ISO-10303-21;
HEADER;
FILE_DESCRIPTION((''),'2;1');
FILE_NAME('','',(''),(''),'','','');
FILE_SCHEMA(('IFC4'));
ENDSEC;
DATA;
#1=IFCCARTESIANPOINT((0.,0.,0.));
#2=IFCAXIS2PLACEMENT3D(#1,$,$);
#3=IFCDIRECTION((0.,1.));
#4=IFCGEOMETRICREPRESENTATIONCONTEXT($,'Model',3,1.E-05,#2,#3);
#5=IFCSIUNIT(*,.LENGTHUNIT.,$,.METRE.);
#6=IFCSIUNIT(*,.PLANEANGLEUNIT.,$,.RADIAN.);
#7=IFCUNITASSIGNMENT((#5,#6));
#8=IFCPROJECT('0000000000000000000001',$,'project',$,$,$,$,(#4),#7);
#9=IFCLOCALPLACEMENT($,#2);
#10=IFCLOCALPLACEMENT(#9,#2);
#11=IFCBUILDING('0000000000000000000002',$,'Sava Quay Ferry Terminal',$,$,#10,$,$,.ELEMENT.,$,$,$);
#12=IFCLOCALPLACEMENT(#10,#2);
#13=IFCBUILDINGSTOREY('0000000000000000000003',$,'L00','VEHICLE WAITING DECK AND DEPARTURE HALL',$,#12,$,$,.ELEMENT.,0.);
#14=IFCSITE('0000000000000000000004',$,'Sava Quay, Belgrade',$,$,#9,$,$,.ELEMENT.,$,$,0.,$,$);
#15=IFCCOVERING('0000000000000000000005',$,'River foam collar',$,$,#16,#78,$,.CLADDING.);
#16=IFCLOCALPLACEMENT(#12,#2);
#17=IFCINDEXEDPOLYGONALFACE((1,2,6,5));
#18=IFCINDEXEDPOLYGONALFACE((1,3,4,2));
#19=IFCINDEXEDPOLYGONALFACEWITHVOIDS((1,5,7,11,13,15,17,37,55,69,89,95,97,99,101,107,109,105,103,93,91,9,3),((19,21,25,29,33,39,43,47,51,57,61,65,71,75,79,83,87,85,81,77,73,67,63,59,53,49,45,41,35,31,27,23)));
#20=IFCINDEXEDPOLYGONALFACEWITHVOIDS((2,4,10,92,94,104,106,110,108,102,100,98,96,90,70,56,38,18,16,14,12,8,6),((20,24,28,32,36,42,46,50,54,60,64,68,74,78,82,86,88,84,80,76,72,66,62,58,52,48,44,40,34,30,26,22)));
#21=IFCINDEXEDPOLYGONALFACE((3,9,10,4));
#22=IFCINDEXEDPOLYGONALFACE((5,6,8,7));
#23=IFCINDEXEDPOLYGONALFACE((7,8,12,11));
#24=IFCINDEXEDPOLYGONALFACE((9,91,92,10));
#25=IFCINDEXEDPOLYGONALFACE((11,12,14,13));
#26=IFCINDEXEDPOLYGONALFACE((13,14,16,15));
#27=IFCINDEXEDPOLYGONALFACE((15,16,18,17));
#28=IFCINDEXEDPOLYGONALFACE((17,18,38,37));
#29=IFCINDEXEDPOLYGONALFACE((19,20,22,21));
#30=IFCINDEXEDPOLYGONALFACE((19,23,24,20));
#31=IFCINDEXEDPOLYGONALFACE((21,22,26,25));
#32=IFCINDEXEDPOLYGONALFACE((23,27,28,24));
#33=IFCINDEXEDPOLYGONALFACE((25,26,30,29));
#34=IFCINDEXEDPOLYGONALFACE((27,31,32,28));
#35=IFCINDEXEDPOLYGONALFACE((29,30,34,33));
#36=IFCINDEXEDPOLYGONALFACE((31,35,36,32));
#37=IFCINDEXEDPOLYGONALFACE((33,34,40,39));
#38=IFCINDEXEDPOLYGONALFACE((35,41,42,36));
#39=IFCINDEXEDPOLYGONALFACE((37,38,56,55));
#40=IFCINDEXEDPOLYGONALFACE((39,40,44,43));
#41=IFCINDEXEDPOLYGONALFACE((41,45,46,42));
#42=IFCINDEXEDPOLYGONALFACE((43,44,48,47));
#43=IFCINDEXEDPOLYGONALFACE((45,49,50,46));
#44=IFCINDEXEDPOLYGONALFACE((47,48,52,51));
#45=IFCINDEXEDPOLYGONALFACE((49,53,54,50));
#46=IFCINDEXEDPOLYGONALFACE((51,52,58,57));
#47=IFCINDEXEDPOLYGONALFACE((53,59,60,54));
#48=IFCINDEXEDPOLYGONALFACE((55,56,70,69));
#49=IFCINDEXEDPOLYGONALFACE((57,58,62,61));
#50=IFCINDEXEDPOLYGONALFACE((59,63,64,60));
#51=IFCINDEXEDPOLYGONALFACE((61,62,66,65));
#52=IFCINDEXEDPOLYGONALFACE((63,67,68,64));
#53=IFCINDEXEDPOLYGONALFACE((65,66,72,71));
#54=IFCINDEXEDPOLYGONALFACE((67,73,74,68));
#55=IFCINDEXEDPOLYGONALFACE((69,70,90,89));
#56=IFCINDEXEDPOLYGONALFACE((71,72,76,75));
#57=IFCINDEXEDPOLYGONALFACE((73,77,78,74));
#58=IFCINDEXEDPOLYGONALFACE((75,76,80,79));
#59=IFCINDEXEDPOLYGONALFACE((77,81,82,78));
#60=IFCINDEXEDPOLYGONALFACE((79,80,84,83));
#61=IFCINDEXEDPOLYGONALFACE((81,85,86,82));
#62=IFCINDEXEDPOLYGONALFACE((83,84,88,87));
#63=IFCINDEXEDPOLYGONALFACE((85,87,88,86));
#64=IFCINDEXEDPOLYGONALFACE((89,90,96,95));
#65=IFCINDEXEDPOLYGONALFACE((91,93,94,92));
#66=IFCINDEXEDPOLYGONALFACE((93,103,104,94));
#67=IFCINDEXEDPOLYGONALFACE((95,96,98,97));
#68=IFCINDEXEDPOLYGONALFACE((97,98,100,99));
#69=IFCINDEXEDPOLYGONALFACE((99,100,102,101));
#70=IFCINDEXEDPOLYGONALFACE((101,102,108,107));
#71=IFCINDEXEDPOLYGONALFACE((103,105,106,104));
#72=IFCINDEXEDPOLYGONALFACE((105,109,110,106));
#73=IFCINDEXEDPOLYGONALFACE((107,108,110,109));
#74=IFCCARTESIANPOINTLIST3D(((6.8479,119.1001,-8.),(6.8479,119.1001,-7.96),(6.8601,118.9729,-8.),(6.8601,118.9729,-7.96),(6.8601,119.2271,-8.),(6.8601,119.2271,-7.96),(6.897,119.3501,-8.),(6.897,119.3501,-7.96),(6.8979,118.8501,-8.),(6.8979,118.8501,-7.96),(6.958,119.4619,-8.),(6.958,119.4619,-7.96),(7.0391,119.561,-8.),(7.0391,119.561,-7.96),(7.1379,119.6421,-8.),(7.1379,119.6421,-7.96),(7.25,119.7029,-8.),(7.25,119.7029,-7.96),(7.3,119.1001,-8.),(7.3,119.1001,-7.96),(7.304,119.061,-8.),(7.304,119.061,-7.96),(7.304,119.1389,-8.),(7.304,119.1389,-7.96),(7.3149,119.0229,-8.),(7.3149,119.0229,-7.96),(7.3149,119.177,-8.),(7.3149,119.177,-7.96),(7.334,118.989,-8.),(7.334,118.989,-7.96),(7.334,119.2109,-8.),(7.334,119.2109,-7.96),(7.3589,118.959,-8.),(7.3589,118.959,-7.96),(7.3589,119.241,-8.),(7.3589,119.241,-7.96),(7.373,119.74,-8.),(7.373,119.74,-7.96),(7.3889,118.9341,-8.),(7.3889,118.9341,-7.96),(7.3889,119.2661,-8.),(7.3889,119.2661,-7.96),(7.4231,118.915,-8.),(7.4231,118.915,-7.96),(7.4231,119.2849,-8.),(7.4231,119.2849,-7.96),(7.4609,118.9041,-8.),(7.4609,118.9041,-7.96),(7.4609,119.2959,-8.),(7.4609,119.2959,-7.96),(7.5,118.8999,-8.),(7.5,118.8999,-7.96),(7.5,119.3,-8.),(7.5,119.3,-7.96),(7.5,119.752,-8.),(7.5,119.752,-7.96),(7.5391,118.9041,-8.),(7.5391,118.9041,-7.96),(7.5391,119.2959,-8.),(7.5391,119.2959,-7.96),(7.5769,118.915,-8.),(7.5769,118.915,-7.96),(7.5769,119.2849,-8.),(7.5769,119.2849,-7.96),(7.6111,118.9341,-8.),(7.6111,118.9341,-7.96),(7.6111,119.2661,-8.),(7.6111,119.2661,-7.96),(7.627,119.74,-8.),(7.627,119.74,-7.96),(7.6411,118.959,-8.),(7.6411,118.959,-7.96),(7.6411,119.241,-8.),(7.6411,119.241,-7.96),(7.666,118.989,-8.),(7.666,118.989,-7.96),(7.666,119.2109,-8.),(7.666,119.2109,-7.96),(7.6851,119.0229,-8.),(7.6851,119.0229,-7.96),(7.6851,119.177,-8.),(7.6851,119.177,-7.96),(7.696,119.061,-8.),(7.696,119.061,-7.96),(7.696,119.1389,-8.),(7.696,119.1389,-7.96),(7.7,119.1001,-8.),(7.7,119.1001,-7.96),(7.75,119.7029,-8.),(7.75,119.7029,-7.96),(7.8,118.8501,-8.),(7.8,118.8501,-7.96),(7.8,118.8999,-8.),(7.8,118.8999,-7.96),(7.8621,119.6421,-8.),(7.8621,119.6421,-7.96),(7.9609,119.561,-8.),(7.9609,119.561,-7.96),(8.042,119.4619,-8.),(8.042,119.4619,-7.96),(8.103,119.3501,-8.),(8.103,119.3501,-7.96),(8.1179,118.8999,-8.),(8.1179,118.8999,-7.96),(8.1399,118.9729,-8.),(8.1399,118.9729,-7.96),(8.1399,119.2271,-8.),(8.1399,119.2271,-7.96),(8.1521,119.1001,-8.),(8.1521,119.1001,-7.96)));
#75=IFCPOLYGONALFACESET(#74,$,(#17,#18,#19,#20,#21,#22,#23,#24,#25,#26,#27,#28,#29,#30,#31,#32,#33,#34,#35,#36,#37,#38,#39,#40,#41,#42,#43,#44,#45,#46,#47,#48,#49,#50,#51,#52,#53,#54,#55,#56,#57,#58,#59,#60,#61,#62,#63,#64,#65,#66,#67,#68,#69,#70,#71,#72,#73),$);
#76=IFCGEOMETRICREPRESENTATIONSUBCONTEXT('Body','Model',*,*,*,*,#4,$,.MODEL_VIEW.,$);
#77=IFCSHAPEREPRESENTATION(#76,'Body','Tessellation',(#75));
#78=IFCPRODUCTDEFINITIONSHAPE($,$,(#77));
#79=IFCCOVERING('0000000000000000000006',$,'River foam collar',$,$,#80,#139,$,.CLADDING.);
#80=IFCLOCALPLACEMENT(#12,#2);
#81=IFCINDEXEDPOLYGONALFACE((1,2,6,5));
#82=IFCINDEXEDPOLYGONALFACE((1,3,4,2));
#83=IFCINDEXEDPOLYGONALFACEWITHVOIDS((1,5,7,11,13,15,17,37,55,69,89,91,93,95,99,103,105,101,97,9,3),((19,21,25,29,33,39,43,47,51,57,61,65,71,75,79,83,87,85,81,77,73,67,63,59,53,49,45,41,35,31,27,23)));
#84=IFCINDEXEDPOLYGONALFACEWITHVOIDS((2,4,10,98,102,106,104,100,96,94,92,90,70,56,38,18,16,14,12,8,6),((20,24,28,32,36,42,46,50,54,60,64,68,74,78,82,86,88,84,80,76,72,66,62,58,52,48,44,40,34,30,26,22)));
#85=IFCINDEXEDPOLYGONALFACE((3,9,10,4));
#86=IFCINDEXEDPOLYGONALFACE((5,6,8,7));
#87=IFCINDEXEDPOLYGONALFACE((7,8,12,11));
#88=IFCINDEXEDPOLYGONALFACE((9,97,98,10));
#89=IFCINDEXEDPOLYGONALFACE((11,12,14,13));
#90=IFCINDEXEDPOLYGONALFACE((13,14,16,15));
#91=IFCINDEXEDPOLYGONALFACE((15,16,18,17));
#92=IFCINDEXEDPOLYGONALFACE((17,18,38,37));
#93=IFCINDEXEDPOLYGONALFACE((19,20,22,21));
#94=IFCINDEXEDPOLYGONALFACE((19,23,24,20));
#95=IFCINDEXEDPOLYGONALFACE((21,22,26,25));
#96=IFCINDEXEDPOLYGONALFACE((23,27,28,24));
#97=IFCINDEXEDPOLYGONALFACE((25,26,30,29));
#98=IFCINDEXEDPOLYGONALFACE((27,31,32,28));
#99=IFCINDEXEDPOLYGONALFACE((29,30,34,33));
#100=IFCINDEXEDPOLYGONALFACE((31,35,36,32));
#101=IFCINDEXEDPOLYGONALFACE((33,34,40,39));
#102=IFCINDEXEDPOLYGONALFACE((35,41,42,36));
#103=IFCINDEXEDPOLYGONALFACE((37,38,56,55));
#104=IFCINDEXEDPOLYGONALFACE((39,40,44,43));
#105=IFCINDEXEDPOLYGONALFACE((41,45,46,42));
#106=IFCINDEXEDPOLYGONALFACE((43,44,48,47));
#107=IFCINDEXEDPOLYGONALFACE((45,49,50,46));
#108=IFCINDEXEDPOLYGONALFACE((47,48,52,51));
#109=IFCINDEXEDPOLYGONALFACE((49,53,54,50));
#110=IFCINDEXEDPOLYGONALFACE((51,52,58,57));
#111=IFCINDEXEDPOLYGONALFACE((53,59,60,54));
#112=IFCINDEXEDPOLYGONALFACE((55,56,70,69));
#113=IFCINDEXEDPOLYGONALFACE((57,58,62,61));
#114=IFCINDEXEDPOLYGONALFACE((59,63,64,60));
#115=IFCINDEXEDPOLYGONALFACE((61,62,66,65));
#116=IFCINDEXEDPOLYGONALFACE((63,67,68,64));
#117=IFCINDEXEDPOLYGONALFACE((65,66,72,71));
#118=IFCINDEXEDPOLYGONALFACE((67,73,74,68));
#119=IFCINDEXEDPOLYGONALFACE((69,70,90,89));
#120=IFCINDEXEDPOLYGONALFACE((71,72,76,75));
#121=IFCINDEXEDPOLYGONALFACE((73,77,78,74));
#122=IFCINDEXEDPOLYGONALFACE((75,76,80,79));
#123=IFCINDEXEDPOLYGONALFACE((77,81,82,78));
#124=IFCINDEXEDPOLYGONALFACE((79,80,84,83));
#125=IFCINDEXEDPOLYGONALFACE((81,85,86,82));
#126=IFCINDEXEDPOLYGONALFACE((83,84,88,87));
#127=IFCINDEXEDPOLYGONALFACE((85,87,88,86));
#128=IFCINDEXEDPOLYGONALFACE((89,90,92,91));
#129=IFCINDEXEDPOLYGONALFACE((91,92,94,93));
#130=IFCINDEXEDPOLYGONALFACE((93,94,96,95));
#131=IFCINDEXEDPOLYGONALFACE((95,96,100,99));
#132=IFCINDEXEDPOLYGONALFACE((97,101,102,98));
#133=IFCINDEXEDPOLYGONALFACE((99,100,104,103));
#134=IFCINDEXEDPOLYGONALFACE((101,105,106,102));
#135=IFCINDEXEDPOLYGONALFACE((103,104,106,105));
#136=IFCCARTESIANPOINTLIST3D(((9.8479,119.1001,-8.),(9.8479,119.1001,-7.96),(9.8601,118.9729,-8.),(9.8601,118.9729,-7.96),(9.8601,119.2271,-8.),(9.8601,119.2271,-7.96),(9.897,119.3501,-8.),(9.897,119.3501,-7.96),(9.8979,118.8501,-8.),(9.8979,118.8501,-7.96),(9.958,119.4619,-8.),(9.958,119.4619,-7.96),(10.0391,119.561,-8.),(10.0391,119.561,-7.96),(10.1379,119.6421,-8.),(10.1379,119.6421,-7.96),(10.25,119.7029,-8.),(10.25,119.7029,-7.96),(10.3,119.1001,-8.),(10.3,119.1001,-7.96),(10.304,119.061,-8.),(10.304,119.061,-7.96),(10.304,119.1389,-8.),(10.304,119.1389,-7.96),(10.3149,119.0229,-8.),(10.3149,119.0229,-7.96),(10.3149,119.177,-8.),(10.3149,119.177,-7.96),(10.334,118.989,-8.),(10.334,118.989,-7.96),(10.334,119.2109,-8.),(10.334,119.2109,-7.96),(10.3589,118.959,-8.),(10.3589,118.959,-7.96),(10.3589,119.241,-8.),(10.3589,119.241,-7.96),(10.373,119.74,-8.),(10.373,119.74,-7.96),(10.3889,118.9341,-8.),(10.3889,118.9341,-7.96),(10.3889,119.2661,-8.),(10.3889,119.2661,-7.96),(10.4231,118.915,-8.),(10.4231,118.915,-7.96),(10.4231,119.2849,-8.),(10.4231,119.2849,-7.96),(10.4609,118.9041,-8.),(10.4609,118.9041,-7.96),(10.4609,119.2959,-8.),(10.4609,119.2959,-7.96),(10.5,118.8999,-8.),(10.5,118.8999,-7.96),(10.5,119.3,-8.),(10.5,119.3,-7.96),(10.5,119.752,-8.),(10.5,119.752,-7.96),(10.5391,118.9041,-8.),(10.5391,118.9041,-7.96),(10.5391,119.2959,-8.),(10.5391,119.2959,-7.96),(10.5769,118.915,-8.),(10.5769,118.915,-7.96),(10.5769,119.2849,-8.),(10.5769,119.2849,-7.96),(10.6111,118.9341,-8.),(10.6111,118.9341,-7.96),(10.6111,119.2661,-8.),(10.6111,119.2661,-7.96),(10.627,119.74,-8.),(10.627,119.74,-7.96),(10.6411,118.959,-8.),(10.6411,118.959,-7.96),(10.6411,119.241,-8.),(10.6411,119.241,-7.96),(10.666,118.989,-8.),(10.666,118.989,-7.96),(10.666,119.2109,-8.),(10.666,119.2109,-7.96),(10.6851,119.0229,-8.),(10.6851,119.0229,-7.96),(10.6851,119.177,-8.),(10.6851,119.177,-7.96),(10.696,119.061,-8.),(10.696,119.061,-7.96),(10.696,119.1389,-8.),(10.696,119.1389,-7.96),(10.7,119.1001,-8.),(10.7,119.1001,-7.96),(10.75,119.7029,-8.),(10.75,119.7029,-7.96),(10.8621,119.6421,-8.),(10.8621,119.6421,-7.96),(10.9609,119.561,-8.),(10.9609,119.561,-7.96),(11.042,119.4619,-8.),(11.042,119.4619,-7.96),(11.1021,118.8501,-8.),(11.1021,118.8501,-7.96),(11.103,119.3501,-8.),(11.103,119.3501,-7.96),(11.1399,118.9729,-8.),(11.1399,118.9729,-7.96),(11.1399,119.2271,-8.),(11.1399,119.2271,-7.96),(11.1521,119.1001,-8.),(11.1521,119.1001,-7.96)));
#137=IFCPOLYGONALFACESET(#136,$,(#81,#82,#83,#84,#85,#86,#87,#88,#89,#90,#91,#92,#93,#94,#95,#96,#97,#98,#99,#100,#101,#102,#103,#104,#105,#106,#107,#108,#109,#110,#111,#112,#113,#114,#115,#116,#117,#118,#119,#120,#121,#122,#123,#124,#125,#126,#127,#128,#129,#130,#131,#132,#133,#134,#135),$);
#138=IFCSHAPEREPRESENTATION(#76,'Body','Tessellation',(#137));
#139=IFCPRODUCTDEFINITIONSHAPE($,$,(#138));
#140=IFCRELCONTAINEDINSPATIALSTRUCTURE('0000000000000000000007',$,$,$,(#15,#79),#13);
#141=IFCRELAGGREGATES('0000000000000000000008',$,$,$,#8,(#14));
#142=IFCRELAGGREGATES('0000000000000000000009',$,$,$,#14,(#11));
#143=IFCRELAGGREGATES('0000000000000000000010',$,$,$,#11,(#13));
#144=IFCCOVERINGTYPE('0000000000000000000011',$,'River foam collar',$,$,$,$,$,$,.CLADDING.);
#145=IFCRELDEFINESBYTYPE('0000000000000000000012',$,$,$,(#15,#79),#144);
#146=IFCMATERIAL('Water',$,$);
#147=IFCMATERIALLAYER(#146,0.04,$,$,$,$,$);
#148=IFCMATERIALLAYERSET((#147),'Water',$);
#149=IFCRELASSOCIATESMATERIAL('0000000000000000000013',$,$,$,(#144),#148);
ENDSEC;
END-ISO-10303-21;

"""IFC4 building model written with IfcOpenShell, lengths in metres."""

from ifc_helpers import new_model, si_unit, direction, frame, origin, place, context, subcontext, project, spatial, polyline, outline, extrude, material, layer, layer_set, type_object, element, save


model = new_model("IFC4")

# Units and contexts
model_context = context("Model", 3, precision=1e-05, world=origin(), true_north=direction((0.0, 1.0)))
body_context = subcontext(model_context, "Body", "Model", "MODEL_VIEW")
ifc_project = project(units=[si_unit("LENGTHUNIT", "METRE"), si_unit("PLANEANGLEUNIT", "RADIAN")], contexts=[model_context])

# Site, building, storey
site_placement = place(None, origin())
site = spatial("IfcSite", under=ifc_project, at=site_placement, Name="Sava Quay, Belgrade", CompositionType="ELEMENT", RefElevation=0.0)
building_placement = place(site_placement, origin())
building = spatial("IfcBuilding", under=site, at=building_placement, Name="Sava Quay Ferry Terminal", CompositionType="ELEMENT")
storey_placement = place(building_placement, origin())
storey = spatial("IfcBuildingStorey", under=building, at=storey_placement, Name="L00", Description="VEHICLE WAITING DECK AND DEPARTURE HALL", CompositionType="ELEMENT", Elevation=0.0)

# Coverings
ifc_material_1 = material(Name="Water")
ifc_layer_1 = layer(ifc_material_1, 0.04)
ifc_layer_set_1 = layer_set([ifc_layer_1], Name="Water")
covering_type_1 = type_object("IfcCoveringType", Name="River foam collar", PredefinedType="CLADDING", material=ifc_layer_set_1)
covering_1_placement = place(storey_placement, frame((0.0, 0.0, -8.0)))
element("IfcCovering", 1, at=covering_1_placement, inside=storey, type_object=covering_type_1, Name="River foam collar", PredefinedType="CLADDING", context=body_context, shape_type="SweptSolid", body=[
    extrude(outline(polyline([(7.8, 118.8999), (8.1179, 118.8999), (8.1399, 118.9729), (8.1521, 119.1001), (8.1399, 119.2271), (8.103, 119.3501), (8.042, 119.4619), (7.9609, 119.561), (7.8621, 119.6421), (7.75, 119.7029), (7.627, 119.74), (7.5, 119.752), (7.373, 119.74), (7.25, 119.7029), (7.1379, 119.6421), (7.0391, 119.561), (6.958, 119.4619), (6.897, 119.3501), (6.8601, 119.2271), (6.8479, 119.1001), (6.8601, 118.9729), (6.8979, 118.8501), (7.8, 118.8501), (7.8, 118.8999)]), holes=[polyline([(7.696, 119.1389), (7.7, 119.1001), (7.696, 119.061), (7.6851, 119.0229), (7.666, 118.989), (7.6411, 118.959), (7.6111, 118.9341), (7.5769, 118.915), (7.5391, 118.9041), (7.5, 118.8999), (7.4609, 118.9041), (7.4231, 118.915), (7.3889, 118.9341), (7.3589, 118.959), (7.334, 118.989), (7.3149, 119.0229), (7.304, 119.061), (7.3, 119.1001), (7.304, 119.1389), (7.3149, 119.177), (7.334, 119.2109), (7.3589, 119.241), (7.3889, 119.2661), (7.4231, 119.2849), (7.4609, 119.2959), (7.5, 119.3), (7.5391, 119.2959), (7.5769, 119.2849), (7.6111, 119.2661), (7.6411, 119.241), (7.666, 119.2109), (7.6851, 119.177), (7.696, 119.1389)])]), origin(), (0.0, 0.0, 1.0), 0.04),
])
covering_2_placement = place(storey_placement, frame((0.0, 0.0, -8.0)))
element("IfcCovering", 2, at=covering_2_placement, inside=storey, type_object=covering_type_1, Name="River foam collar", PredefinedType="CLADDING", context=body_context, shape_type="SweptSolid", body=[
    extrude(outline(polyline([(9.8601, 118.9729), (9.8979, 118.8501), (11.1021, 118.8501), (11.1399, 118.9729), (11.1521, 119.1001), (11.1399, 119.2271), (11.103, 119.3501), (11.042, 119.4619), (10.9609, 119.561), (10.8621, 119.6421), (10.75, 119.7029), (10.627, 119.74), (10.5, 119.752), (10.373, 119.74), (10.25, 119.7029), (10.1379, 119.6421), (10.0391, 119.561), (9.958, 119.4619), (9.897, 119.3501), (9.8601, 119.2271), (9.8479, 119.1001), (9.8601, 118.9729)]), holes=[polyline([(10.6851, 119.177), (10.696, 119.1389), (10.7, 119.1001), (10.696, 119.061), (10.6851, 119.0229), (10.666, 118.989), (10.6411, 118.959), (10.6111, 118.9341), (10.5769, 118.915), (10.5391, 118.9041), (10.5, 118.8999), (10.4609, 118.9041), (10.4231, 118.915), (10.3889, 118.9341), (10.3589, 118.959), (10.334, 118.989), (10.3149, 119.0229), (10.304, 119.061), (10.3, 119.1001), (10.304, 119.1389), (10.3149, 119.177), (10.334, 119.2109), (10.3589, 119.241), (10.3889, 119.2661), (10.4231, 119.2849), (10.4609, 119.2959), (10.5, 119.3), (10.5391, 119.2959), (10.5769, 119.2849), (10.6111, 119.2661), (10.6411, 119.241), (10.666, 119.2109), (10.6851, 119.177)])]), origin(), (0.0, 0.0, 1.0), 0.04),
])

save(model, "model.ifc")
